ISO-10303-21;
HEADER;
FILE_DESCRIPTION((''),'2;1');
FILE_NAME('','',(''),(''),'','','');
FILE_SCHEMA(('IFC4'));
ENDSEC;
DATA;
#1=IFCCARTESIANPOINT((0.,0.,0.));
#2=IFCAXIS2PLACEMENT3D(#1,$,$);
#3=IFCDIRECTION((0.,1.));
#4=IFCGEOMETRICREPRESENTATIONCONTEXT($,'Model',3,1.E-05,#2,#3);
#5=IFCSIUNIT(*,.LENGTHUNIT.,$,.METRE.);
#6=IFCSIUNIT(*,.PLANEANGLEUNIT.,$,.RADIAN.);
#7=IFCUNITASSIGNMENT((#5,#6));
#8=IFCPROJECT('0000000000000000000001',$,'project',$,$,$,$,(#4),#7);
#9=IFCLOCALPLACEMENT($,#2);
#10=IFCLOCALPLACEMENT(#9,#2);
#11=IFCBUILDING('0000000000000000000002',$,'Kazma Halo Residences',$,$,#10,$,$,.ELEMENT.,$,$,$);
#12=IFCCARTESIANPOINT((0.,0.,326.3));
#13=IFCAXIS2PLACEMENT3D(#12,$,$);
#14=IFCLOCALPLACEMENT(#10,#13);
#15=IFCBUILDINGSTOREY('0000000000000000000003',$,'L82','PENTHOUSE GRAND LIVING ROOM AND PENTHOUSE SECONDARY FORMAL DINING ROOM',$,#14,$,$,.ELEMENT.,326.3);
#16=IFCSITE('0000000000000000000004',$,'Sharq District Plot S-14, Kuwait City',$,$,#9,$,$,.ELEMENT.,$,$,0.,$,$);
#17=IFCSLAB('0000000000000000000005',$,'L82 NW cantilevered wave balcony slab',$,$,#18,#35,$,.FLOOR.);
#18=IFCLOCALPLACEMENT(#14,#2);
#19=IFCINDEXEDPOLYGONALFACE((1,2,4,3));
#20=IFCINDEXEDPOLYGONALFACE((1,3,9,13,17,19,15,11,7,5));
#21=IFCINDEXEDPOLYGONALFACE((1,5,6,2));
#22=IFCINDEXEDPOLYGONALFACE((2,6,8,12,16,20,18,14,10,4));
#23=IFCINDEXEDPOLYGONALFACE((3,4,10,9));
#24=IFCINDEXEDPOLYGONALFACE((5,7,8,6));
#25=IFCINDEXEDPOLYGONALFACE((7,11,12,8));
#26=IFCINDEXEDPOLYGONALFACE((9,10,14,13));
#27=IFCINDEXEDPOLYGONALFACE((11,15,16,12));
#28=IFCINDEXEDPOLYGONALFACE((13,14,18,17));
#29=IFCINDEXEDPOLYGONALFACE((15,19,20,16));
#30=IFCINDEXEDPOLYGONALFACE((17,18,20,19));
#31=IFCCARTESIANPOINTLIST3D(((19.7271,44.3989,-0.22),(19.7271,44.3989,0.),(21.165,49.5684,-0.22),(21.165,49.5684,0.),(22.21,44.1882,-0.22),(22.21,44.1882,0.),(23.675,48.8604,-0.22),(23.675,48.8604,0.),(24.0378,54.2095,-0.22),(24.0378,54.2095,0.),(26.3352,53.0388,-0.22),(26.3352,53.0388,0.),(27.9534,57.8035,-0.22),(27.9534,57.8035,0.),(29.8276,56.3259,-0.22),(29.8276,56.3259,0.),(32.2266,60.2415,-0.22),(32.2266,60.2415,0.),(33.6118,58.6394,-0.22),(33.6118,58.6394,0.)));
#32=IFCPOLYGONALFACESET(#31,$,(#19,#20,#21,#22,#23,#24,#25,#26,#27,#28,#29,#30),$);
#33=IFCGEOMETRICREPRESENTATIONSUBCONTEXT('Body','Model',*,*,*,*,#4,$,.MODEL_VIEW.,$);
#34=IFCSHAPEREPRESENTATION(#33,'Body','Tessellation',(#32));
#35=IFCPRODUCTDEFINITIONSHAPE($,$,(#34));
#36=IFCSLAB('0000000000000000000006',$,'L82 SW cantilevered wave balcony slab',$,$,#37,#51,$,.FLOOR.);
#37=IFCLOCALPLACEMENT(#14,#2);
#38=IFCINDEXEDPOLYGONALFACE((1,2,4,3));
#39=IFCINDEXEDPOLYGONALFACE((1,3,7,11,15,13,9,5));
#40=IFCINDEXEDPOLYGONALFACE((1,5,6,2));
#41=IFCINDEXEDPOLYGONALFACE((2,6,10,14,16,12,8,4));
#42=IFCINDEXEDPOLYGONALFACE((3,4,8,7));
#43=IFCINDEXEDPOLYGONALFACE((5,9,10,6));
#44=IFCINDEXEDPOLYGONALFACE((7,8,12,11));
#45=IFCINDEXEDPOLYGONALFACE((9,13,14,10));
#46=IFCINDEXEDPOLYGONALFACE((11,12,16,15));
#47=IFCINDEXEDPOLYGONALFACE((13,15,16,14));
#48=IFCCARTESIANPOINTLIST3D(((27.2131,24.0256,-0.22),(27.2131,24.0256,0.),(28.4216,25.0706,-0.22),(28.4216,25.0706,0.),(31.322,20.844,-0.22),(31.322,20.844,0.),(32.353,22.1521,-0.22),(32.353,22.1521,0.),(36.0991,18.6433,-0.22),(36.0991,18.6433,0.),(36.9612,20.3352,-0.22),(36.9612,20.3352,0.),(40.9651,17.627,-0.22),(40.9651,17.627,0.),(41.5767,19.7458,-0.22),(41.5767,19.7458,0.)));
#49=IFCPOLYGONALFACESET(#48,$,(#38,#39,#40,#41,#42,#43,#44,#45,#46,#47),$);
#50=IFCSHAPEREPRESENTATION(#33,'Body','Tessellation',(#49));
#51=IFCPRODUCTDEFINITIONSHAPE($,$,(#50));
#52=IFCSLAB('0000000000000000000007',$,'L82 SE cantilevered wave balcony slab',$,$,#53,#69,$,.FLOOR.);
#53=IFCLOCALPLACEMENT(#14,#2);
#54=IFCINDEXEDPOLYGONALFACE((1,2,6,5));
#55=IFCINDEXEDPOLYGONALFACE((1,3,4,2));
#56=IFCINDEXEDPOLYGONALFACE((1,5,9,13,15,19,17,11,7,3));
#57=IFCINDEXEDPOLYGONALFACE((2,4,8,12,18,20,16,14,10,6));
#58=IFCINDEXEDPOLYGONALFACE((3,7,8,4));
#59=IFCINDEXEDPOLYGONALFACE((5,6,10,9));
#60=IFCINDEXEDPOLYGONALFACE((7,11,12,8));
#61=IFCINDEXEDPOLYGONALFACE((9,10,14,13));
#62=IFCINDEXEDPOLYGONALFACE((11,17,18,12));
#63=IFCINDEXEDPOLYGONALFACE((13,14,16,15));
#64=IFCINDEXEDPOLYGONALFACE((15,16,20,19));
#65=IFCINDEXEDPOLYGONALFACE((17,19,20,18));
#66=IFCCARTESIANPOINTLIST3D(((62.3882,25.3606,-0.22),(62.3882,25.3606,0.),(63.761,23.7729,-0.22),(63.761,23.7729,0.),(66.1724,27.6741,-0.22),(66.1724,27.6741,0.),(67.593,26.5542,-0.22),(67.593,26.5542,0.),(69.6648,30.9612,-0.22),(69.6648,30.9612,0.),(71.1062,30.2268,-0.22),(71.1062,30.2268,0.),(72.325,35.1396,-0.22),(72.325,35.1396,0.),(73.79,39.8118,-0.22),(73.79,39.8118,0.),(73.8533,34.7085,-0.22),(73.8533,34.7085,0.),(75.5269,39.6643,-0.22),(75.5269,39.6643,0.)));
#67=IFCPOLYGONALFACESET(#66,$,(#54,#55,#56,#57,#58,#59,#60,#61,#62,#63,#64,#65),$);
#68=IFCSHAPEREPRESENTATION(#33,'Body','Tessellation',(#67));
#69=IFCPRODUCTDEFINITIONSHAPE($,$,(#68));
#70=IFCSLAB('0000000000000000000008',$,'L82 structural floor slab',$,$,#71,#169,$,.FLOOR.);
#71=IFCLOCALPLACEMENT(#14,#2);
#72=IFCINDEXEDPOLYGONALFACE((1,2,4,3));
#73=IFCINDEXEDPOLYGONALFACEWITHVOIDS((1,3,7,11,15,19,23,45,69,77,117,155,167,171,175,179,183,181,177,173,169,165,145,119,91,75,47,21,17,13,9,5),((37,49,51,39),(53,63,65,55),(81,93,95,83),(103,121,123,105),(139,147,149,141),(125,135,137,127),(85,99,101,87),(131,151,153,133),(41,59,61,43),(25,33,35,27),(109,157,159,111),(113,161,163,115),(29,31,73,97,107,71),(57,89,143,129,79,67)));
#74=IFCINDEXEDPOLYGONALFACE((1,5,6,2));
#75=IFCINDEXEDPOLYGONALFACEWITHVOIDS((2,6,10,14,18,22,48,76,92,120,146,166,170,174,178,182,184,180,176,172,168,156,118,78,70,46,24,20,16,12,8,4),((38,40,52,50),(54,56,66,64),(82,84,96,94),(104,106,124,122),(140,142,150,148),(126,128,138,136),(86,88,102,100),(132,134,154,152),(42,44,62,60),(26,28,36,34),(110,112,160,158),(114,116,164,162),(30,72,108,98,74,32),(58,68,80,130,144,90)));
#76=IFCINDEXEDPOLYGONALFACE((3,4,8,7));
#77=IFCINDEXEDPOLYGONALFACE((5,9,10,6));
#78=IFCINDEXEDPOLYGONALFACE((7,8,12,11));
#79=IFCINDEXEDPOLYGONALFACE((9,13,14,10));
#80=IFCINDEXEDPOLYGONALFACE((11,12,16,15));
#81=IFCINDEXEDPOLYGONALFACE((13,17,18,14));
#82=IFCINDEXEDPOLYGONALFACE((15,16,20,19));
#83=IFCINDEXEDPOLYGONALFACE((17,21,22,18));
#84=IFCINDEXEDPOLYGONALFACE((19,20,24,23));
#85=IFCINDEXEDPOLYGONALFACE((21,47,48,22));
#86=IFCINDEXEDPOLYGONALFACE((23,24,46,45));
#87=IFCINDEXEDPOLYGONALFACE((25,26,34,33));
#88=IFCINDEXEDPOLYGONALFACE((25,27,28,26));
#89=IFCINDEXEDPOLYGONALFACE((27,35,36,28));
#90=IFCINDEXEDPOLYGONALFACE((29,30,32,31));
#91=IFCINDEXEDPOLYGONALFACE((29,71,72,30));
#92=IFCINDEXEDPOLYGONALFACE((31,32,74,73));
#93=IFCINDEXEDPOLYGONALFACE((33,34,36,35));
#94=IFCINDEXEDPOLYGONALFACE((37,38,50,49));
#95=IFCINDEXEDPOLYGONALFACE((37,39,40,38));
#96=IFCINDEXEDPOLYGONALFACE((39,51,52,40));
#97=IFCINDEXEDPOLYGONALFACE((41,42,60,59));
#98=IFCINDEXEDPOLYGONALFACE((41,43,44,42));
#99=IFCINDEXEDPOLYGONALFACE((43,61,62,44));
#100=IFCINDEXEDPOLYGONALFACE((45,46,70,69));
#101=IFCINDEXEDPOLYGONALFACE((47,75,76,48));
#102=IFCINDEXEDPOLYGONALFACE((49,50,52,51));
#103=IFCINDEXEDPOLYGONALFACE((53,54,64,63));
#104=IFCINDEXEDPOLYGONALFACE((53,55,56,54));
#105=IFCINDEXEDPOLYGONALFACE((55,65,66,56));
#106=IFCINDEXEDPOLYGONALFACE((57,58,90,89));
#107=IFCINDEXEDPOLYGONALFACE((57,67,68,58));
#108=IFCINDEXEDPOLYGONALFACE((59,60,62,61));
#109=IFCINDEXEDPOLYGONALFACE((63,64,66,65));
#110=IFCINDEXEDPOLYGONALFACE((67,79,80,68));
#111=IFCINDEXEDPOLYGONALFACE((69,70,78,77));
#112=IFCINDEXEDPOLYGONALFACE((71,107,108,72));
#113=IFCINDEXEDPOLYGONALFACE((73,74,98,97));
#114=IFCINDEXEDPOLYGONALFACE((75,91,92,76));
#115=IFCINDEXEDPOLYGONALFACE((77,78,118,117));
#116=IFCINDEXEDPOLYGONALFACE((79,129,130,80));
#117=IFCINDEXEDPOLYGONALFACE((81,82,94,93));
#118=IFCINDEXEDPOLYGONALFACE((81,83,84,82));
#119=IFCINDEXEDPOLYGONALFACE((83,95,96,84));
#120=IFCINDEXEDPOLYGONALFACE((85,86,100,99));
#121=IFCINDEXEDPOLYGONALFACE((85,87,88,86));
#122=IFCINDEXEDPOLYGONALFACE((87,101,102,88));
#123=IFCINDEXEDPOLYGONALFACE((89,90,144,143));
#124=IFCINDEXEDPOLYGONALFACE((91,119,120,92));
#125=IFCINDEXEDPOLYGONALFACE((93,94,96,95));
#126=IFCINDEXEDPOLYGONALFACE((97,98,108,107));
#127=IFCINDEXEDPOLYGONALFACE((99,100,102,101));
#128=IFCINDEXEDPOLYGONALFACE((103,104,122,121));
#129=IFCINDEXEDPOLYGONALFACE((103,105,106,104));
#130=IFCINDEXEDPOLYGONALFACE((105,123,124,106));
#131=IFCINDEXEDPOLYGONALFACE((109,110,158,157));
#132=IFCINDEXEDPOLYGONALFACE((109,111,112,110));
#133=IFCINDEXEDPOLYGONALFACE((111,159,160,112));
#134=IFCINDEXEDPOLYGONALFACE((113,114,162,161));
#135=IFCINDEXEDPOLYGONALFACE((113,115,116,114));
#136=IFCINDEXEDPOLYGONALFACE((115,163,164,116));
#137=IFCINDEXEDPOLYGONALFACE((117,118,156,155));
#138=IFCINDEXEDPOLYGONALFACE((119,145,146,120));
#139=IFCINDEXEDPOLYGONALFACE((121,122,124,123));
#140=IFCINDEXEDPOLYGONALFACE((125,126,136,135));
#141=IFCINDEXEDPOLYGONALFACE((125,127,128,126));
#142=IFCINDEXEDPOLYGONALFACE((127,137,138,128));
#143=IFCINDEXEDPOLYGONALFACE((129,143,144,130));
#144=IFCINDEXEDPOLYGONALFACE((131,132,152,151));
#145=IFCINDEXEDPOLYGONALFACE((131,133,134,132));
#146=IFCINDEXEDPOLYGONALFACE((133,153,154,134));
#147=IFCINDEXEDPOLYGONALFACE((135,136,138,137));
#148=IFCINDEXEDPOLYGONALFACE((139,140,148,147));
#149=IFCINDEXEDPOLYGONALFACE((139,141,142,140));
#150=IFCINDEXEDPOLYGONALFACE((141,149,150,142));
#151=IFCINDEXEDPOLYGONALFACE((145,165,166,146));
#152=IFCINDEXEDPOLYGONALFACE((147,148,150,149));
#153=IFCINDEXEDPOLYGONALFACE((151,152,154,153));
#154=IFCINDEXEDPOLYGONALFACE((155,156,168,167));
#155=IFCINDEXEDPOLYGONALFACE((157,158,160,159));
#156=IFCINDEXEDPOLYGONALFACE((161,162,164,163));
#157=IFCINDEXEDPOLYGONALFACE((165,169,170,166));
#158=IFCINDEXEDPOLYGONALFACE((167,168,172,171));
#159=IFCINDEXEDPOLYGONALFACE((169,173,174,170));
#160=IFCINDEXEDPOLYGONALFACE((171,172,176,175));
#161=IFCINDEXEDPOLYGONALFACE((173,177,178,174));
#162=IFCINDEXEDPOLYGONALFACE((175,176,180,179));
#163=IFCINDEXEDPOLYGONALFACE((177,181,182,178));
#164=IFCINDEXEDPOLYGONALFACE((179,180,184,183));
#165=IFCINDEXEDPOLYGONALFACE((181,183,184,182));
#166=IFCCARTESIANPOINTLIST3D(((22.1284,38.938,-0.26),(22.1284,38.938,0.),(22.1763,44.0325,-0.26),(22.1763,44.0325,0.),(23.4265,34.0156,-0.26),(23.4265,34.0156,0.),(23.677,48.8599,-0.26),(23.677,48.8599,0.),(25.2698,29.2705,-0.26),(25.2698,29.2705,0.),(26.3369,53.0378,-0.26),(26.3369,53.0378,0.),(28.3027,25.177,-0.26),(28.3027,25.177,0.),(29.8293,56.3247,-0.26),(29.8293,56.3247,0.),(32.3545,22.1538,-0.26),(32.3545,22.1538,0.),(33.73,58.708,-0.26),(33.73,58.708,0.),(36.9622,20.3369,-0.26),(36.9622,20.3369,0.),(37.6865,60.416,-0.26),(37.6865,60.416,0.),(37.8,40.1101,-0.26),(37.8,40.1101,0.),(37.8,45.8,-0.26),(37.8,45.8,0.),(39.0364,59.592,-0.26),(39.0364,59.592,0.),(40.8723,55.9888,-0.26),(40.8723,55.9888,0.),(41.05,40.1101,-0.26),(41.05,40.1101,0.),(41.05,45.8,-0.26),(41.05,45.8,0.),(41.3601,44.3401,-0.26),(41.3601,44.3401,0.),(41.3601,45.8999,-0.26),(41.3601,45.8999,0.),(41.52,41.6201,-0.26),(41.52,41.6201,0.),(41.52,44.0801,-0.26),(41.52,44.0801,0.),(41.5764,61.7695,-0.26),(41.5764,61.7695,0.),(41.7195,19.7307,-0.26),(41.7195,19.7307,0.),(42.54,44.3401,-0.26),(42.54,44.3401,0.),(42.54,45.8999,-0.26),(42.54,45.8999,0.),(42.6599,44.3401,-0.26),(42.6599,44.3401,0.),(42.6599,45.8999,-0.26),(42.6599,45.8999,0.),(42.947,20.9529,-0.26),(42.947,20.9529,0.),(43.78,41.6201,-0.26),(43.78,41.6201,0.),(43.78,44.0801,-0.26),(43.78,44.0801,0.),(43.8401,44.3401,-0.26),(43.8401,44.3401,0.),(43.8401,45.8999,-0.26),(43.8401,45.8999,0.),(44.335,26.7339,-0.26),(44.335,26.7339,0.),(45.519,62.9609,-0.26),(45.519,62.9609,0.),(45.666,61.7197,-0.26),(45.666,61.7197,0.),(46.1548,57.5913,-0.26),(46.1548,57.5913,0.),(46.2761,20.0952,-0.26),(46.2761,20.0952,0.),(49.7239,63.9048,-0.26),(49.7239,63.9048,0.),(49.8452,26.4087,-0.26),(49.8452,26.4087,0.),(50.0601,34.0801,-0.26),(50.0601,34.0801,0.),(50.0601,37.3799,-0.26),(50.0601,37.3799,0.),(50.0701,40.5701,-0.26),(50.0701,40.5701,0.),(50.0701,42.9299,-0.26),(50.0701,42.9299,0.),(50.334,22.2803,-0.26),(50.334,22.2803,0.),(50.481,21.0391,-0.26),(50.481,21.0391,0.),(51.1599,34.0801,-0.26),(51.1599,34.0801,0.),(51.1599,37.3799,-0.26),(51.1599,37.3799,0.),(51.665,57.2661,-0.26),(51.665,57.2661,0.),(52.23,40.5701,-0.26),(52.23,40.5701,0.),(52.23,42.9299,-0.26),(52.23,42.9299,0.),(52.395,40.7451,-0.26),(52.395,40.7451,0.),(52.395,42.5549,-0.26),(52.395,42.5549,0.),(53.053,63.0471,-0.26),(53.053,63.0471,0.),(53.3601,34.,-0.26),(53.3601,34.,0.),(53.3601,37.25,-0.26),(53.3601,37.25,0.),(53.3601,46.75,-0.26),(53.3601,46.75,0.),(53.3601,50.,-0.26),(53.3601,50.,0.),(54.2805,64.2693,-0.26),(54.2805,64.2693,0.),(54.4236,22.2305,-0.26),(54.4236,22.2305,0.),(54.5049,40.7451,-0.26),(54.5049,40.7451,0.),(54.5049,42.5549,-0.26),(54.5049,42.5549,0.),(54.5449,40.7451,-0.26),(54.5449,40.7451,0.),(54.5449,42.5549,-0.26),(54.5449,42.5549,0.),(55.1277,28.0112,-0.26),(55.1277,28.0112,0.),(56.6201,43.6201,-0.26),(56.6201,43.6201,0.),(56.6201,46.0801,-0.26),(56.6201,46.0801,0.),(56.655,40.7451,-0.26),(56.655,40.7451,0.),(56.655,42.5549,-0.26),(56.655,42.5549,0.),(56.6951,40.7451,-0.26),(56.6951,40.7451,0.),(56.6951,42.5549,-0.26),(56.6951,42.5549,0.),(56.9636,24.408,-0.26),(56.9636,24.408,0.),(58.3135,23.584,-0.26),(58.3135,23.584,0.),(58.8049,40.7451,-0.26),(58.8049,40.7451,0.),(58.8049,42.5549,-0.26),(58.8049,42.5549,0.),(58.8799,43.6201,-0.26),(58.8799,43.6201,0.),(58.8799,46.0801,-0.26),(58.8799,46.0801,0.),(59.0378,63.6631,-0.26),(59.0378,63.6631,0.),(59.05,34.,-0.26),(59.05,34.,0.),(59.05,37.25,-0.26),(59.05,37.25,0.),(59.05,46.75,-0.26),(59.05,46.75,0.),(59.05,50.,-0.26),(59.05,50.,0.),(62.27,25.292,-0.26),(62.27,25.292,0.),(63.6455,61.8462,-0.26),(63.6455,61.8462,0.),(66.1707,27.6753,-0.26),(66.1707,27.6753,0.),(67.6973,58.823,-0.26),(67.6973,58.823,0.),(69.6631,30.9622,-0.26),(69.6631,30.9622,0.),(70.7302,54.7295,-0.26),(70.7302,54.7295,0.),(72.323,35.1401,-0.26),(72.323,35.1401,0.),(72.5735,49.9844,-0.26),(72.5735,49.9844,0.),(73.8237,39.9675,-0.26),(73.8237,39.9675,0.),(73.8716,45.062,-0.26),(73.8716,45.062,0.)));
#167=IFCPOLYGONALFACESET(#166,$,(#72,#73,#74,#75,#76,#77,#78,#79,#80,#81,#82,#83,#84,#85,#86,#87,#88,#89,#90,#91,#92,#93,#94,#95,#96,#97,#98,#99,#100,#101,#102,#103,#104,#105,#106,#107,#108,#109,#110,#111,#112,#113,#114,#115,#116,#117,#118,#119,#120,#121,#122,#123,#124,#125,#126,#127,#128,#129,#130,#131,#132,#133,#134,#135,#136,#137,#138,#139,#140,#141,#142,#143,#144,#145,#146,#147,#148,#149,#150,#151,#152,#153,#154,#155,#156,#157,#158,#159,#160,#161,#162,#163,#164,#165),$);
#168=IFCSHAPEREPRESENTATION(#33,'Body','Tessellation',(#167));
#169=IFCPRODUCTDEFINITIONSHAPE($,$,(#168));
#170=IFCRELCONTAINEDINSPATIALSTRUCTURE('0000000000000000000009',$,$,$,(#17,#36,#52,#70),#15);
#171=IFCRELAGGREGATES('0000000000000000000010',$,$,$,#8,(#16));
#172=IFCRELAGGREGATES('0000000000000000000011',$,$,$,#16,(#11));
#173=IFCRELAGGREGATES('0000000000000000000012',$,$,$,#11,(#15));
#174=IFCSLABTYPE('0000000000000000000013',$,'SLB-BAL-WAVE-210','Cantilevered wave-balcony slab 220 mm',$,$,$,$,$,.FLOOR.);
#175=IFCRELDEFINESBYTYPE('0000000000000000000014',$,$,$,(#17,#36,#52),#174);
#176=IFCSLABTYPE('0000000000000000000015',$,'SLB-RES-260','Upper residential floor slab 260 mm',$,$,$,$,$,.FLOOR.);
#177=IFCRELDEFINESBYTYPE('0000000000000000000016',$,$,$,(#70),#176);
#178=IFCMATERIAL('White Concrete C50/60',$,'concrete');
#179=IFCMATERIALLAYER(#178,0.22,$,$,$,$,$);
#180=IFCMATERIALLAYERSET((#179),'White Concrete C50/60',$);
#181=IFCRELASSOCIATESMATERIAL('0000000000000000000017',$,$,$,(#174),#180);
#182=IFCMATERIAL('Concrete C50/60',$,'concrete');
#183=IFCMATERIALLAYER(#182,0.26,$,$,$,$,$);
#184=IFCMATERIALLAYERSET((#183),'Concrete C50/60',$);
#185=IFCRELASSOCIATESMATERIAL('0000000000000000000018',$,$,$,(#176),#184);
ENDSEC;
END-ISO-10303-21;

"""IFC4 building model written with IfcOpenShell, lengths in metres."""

from ifc_helpers import new_model, si_unit, direction, frame, origin, place, context, subcontext, project, spatial, polyline, outline, extrude, material, layer, layer_set, type_object, element, save


model = new_model("IFC4")

# Units and contexts
model_context = context("Model", 3, precision=1e-05, world=origin(), true_north=direction((0.0, 1.0)))
body_context = subcontext(model_context, "Body", "Model", "MODEL_VIEW")
ifc_project = project(units=[si_unit("LENGTHUNIT", "METRE"), si_unit("PLANEANGLEUNIT", "RADIAN")], contexts=[model_context])

# Site, building, storey
site_placement = place(None, origin())
site = spatial("IfcSite", under=ifc_project, at=site_placement, Name="Sharq District Plot S-14, Kuwait City", CompositionType="ELEMENT", RefElevation=0.0)
building_placement = place(site_placement, origin())
building = spatial("IfcBuilding", under=site, at=building_placement, Name="Kazma Halo Residences", CompositionType="ELEMENT")
storey_placement = place(building_placement, frame((0.0, 0.0, 326.3)))
storey = spatial("IfcBuildingStorey", under=building, at=storey_placement, Name="L82", Description="PENTHOUSE GRAND LIVING ROOM AND PENTHOUSE SECONDARY FORMAL DINING ROOM", CompositionType="ELEMENT", Elevation=326.3)

# Slabs
ifc_material_1 = material(Name="White Concrete C50/60", Category="concrete")
ifc_layer_1 = layer(ifc_material_1, 0.22)
ifc_layer_set_1 = layer_set([ifc_layer_1], Name="White Concrete C50/60")
slab_type_1 = type_object("IfcSlabType", Name="SLB-BAL-WAVE-210", Description="Cantilevered wave-balcony slab 220 mm", PredefinedType="FLOOR", material=ifc_layer_set_1)
slab_1_placement = place(storey_placement, frame((0.0, 0.0, -0.22)))
element("IfcSlab", 1, at=slab_1_placement, inside=storey, type_object=slab_type_1, Name="L82 NW cantilevered wave balcony slab", PredefinedType="FLOOR", context=body_context, shape_type="SweptSolid", body=[
    extrude(outline(polyline([(33.6118, 58.6394), (29.8276, 56.3259), (26.3352, 53.0388), (23.675, 48.8604), (22.21, 44.1882), (19.7271, 44.3989), (21.165, 49.5684), (24.0378, 54.2095), (27.9534, 57.8035), (32.2266, 60.2415), (33.6118, 58.6394)])), origin(), (0.0, 0.0, 1.0), 0.22),
])
slab_2_placement = place(storey_placement, frame((0.0, 0.0, -0.22)))
element("IfcSlab", 2, at=slab_2_placement, inside=storey, type_object=slab_type_1, Name="L82 SW cantilevered wave balcony slab", PredefinedType="FLOOR", context=body_context, shape_type="SweptSolid", body=[
    extrude(outline(polyline([(28.4216, 25.0706), (32.353, 22.1521), (36.9612, 20.3352), (41.5767, 19.7458), (40.9651, 17.627), (36.0991, 18.6433), (31.322, 20.844), (27.2131, 24.0256), (28.4216, 25.0706)])), origin(), (0.0, 0.0, 1.0), 0.22),
])
slab_3_placement = place(storey_placement, frame((0.0, 0.0, -0.22)))
element("IfcSlab", 3, at=slab_3_placement, inside=storey, type_object=slab_type_1, Name="L82 SE cantilevered wave balcony slab", PredefinedType="FLOOR", context=body_context, shape_type="SweptSolid", body=[
    extrude(outline(polyline([(62.3882, 25.3606), (66.1724, 27.6741), (69.6648, 30.9612), (72.325, 35.1396), (73.79, 39.8118), (75.5269, 39.6643), (73.8533, 34.7085), (71.1062, 30.2268), (67.593, 26.5542), (63.761, 23.7729), (62.3882, 25.3606)])), origin(), (0.0, 0.0, 1.0), 0.22),
])
ifc_material_2 = material(Name="Concrete C50/60", Category="concrete")
ifc_layer_2 = layer(ifc_material_2, 0.26)
ifc_layer_set_2 = layer_set([ifc_layer_2], Name="Concrete C50/60")
slab_type_2 = type_object("IfcSlabType", Name="SLB-RES-260", Description="Upper residential floor slab 260 mm", PredefinedType="FLOOR", material=ifc_layer_set_2)
slab_4_placement = place(storey_placement, frame((0.0, 0.0, -0.26)))
element("IfcSlab", 4, at=slab_4_placement, inside=storey, type_object=slab_type_2, Name="L82 structural floor slab", PredefinedType="FLOOR", context=body_context, shape_type="SweptSolid", body=[
    extrude(outline(polyline([(72.5735, 49.9844), (70.7302, 54.7295), (67.6973, 58.823), (63.6455, 61.8462), (59.0378, 63.6631), (54.2805, 64.2693), (49.7239, 63.9048), (45.519, 62.9609), (41.5764, 61.7695), (37.6865, 60.416), (33.73, 58.708), (29.8293, 56.3247), (26.3369, 53.0378), (23.677, 48.8599), (22.1763, 44.0325), (22.1284, 38.938), (23.4265, 34.0156), (25.2698, 29.2705), (28.3027, 25.177), (32.3545, 22.1538), (36.9622, 20.3369), (41.7195, 19.7307), (46.2761, 20.0952), (50.481, 21.0391), (54.4236, 22.2305), (58.3135, 23.584), (62.27, 25.292), (66.1707, 27.6753), (69.6631, 30.9622), (72.323, 35.1401), (73.8237, 39.9675), (73.8716, 45.062), (72.5735, 49.9844)]), holes=[polyline([(37.8, 40.1101), (41.05, 40.1101), (41.05, 45.8), (37.8, 45.8), (37.8, 40.1101)]), polyline([(53.3601, 46.75), (59.05, 46.75), (59.05, 50.0), (53.3601, 50.0), (53.3601, 46.75)]), polyline([(53.3601, 34.0), (59.05, 34.0), (59.05, 37.25), (53.3601, 37.25), (53.3601, 34.0)]), polyline([(41.52, 41.6201), (43.78, 41.6201), (43.78, 44.0801), (41.52, 44.0801), (41.52, 41.6201)]), polyline([(56.6201, 43.6201), (58.8799, 43.6201), (58.8799, 46.0801), (56.6201, 46.0801), (56.6201, 43.6201)]), polyline([(52.395, 40.7451), (54.5049, 40.7451), (54.5049, 42.5549), (52.395, 42.5549), (52.395, 40.7451)]), polyline([(54.5449, 40.7451), (56.655, 40.7451), (56.655, 42.5549), (54.5449, 42.5549), (54.5449, 40.7451)]), polyline([(56.6951, 40.7451), (58.8049, 40.7451), (58.8049, 42.5549), (56.6951, 42.5549), (56.6951, 40.7451)]), polyline([(50.0701, 40.5701), (52.23, 40.5701), (52.23, 42.9299), (50.0701, 42.9299), (50.0701, 40.5701)]), polyline([(41.3601, 44.3401), (42.54, 44.3401), (42.54, 45.8999), (41.3601, 45.8999), (41.3601, 44.3401)]), polyline([(42.6599, 44.3401), (43.8401, 44.3401), (43.8401, 45.8999), (42.6599, 45.8999), (42.6599, 44.3401)]), polyline([(50.0601, 34.0801), (51.1599, 34.0801), (51.1599, 37.3799), (50.0601, 37.3799), (50.0601, 34.0801)]), polyline([(51.665, 57.2661), (46.1548, 57.5913), (40.8723, 55.9888), (39.0364, 59.592), (45.666, 61.7197), (53.053, 63.0471), (51.665, 57.2661)]), polyline([(44.335, 26.7339), (49.8452, 26.4087), (55.1277, 28.0112), (56.9636, 24.408), (50.334, 22.2803), (42.947, 20.9529), (44.335, 26.7339)])]), origin(), (0.0, 0.0, 1.0), 0.26),
])

save(model, "model.ifc")
